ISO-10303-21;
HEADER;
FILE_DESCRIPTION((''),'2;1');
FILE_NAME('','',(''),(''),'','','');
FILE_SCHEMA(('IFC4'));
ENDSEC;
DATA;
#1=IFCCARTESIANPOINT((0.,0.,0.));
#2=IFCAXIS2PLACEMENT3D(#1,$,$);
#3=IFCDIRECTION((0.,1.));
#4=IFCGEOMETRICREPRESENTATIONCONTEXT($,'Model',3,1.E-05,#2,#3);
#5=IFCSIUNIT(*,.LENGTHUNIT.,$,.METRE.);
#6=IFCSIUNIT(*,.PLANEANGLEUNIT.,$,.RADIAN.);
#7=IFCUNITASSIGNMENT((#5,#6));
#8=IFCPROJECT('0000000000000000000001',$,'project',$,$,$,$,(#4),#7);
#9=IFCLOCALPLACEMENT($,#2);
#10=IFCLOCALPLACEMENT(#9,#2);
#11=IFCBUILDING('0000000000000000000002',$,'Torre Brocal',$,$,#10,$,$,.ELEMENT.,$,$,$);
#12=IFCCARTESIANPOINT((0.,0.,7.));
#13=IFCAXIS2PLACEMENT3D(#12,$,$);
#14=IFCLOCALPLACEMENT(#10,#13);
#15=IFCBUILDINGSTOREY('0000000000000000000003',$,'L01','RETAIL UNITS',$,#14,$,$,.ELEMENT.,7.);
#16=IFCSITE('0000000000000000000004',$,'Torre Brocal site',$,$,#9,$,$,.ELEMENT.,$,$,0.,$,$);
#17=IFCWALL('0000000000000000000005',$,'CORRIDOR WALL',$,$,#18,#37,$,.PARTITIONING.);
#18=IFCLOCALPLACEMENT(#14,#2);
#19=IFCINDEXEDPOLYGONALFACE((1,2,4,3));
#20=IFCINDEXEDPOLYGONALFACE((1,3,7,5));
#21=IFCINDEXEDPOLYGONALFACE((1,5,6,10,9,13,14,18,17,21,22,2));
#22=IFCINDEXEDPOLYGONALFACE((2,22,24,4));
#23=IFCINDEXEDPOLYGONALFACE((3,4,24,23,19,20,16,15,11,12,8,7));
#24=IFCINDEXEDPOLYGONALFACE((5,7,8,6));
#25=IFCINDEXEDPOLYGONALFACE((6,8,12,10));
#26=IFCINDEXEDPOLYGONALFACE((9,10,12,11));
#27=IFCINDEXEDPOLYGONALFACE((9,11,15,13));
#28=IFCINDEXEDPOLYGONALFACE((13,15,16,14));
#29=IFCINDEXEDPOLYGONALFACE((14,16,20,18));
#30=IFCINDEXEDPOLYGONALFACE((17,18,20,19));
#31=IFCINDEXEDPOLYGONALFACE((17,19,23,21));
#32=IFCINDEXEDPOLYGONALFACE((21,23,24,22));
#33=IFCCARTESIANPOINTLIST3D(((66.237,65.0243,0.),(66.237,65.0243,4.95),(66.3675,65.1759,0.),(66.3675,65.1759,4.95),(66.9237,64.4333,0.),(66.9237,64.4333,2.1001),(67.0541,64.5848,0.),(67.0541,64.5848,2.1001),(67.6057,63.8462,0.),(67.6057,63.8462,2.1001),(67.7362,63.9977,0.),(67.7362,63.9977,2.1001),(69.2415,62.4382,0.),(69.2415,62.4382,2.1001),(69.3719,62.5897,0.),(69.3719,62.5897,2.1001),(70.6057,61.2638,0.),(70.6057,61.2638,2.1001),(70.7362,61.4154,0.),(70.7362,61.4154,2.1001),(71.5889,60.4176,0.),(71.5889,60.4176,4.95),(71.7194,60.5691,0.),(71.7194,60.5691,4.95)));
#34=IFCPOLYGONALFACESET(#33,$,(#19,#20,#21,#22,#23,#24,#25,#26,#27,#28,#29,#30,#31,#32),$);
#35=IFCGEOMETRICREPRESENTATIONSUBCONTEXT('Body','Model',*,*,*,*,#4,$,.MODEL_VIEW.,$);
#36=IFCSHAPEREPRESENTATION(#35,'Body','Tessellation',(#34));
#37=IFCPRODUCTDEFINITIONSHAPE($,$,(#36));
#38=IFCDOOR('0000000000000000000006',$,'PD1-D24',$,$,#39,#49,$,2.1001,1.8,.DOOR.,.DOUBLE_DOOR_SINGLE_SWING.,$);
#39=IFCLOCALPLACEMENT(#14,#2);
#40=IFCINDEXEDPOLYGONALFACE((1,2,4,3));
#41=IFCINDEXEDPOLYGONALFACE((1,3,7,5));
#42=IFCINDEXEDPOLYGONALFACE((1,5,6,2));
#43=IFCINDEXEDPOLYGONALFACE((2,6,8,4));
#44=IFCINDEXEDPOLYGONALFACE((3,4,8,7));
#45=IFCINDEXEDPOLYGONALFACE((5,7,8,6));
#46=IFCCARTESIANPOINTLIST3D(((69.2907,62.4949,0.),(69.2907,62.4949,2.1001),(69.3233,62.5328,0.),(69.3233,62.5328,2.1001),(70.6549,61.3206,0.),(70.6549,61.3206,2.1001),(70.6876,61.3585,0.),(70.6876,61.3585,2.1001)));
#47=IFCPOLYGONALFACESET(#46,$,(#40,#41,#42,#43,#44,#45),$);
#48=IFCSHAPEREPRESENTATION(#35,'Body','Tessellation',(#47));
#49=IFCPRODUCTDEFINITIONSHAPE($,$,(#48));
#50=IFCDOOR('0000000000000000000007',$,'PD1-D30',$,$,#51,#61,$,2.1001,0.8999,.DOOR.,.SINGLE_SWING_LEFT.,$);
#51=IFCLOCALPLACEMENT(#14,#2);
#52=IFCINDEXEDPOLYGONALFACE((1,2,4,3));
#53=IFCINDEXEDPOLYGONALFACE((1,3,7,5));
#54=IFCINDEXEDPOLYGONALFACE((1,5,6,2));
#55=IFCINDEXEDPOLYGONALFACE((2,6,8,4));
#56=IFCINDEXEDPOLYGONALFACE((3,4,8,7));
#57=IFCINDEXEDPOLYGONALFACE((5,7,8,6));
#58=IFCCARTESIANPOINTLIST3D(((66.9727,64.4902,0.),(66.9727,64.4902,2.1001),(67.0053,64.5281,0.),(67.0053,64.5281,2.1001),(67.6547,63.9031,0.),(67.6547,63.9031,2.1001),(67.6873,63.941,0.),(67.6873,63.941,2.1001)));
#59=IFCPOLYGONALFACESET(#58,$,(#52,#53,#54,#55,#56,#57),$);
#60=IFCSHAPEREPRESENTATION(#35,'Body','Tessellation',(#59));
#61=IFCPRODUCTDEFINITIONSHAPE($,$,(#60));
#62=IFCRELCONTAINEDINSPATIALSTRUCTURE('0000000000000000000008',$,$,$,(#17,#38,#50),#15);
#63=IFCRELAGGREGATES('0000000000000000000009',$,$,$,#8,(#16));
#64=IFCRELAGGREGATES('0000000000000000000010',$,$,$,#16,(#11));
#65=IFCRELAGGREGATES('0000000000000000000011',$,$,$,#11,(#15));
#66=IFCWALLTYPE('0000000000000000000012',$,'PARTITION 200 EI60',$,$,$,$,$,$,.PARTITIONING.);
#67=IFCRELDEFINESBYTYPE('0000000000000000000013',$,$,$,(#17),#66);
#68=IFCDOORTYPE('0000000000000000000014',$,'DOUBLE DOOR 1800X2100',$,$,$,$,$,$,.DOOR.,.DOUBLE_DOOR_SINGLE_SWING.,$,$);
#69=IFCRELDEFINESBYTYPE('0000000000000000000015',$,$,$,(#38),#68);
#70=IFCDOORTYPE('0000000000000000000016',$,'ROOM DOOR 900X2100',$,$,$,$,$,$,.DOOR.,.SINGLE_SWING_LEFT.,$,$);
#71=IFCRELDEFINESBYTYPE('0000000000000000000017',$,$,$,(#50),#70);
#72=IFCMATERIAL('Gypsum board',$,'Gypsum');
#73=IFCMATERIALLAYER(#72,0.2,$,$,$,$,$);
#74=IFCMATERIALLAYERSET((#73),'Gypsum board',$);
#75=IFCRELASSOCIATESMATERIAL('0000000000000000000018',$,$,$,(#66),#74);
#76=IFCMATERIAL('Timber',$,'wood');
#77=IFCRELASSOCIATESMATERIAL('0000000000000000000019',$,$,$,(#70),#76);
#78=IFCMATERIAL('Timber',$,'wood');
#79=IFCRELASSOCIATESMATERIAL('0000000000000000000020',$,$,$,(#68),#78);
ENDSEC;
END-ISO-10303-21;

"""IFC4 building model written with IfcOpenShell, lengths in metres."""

from ifc_helpers import new_model, si_unit, direction, frame, frame_2d, origin, place, context, subcontext, project, spatial, rectangle, extrude, material, layer, layer_set, type_object, element, fill, save


model = new_model("IFC4")

# Units and contexts
model_context = context("Model", 3, precision=1e-05, world=origin(), true_north=direction((0.0, 1.0)))
body_context = subcontext(model_context, "Body", "Model", "MODEL_VIEW")
ifc_project = project(units=[si_unit("LENGTHUNIT", "METRE"), si_unit("PLANEANGLEUNIT", "RADIAN")], contexts=[model_context])

# Site, building, storey
site_placement = place(None, origin())
site = spatial("IfcSite", under=ifc_project, at=site_placement, Name="Torre Brocal site", CompositionType="ELEMENT", RefElevation=0.0)
building_placement = place(site_placement, origin())
building = spatial("IfcBuilding", under=site, at=building_placement, Name="Torre Brocal", CompositionType="ELEMENT")
storey_placement = place(building_placement, frame((0.0, 0.0, 7.0)))
storey = spatial("IfcBuildingStorey", under=building, at=storey_placement, Name="L01", Description="RETAIL UNITS", CompositionType="ELEMENT", Elevation=7.0)

# Shared definitions
ifc_material_1 = material(Name="Gypsum board", Category="Gypsum")
ifc_layer_1 = layer(ifc_material_1, 0.2)
ifc_layer_set_1 = layer_set([ifc_layer_1], Name="Gypsum board")
wall_type_1 = type_object("IfcWallType", Name="PARTITION 200 EI60", PredefinedType="PARTITIONING", material=ifc_layer_set_1)

# Shared definitions
ifc_material_2 = material(Name="Timber", Category="wood")
door_type_1 = type_object("IfcDoorType", Name="ROOM DOOR 900X2100", OperationType="SINGLE_SWING_LEFT", PredefinedType="DOOR", material=ifc_material_2)

# Wall, openings, doors
wall_1_placement = place(storey_placement, frame((66.3022, 65.1001, 0.0), z_axis=(0.0, 0.0, 1.0), x_axis=(0.757896, -0.652376, 0.0)))
wall_1 = element("IfcWall", 1, at=wall_1_placement, inside=storey, type_object=wall_type_1, Name="CORRIDOR WALL", PredefinedType="PARTITIONING", context=body_context, shape_type="SweptSolid", body=[
    extrude(rectangle(XDim=7.0615, YDim=0.2, at=frame_2d((3.5308, 0.0))), origin(), (0.0, 0.0, 1.0), 4.95),
])
opening_1_placement = place(wall_1_placement, frame((3.9644, 0.0, 0.0)))
opening_1 = element("IfcOpeningElement", 2, at=opening_1_placement, cuts=wall_1, PredefinedType="OPENING", context=body_context, shape_type="SweptSolid", body=[
    extrude(rectangle(XDim=1.8, YDim=2.1001, at=frame_2d((0.8999, 1.05))), frame((0.0, 0.1099, 0.0), z_axis=(0.0, -1.0, 0.0), x_axis=(1.0, 0.0, 0.0)), (0.0, 0.0, 1.0), 0.22),
])
opening_2_placement = place(wall_1_placement, frame((0.906, 0.0, 0.0)))
opening_2 = element("IfcOpeningElement", 3, at=opening_2_placement, cuts=wall_1, PredefinedType="OPENING", context=body_context, shape_type="SweptSolid", body=[
    extrude(rectangle(XDim=0.8999, YDim=2.1001, at=frame_2d((0.45, 1.05))), frame((0.0, 0.1099, 0.0), z_axis=(0.0, -1.0, 0.0), x_axis=(1.0, 0.0, 0.0)), (0.0, 0.0, 1.0), 0.22),
])
ifc_material_3 = material(Name="Timber", Category="wood")
door_type_2 = type_object("IfcDoorType", Name="DOUBLE DOOR 1800X2100", OperationType="DOUBLE_DOOR_SINGLE_SWING", PredefinedType="DOOR", material=ifc_material_3)
door_1_placement = place(opening_1_placement, frame((1.8, 0.0, 0.0), z_axis=(0.0, 0.0, 1.0), x_axis=(-1.0, 0.0, 0.0)))
door_1 = element("IfcDoor", 4, at=door_1_placement, inside=storey, type_object=door_type_2, Name="PD1-D24", OperationType="DOUBLE_DOOR_SINGLE_SWING", OverallHeight=2.1001, OverallWidth=1.8, PredefinedType="DOOR", context=body_context, shape_type="SweptSolid", body=[
    extrude(rectangle(XDim=1.8, YDim=2.1001, at=frame_2d((0.8999, 1.05))), frame((0.0, 0.0249, 0.0), z_axis=(0.0, -1.0, 0.0), x_axis=(1.0, 0.0, 0.0)), (0.0, 0.0, 1.0), 0.05),
])
fill(opening_1, door_1)
door_2_placement = place(opening_2_placement, frame((0.8999, 0.0, 0.0), z_axis=(0.0, 0.0, 1.0), x_axis=(-1.0, 0.0, 0.0)))
door_2 = element("IfcDoor", 5, at=door_2_placement, inside=storey, type_object=door_type_1, Name="PD1-D30", OperationType="SINGLE_SWING_LEFT", OverallHeight=2.1001, OverallWidth=0.8999, PredefinedType="DOOR", context=body_context, shape_type="SweptSolid", body=[
    extrude(rectangle(XDim=0.8999, YDim=2.1001, at=frame_2d((0.45, 1.05))), frame((0.0, 0.0249, 0.0), z_axis=(0.0, -1.0, 0.0), x_axis=(1.0, 0.0, 0.0)), (0.0, 0.0, 1.0), 0.05),
])
fill(opening_2, door_2)

save(model, "model.ifc")
